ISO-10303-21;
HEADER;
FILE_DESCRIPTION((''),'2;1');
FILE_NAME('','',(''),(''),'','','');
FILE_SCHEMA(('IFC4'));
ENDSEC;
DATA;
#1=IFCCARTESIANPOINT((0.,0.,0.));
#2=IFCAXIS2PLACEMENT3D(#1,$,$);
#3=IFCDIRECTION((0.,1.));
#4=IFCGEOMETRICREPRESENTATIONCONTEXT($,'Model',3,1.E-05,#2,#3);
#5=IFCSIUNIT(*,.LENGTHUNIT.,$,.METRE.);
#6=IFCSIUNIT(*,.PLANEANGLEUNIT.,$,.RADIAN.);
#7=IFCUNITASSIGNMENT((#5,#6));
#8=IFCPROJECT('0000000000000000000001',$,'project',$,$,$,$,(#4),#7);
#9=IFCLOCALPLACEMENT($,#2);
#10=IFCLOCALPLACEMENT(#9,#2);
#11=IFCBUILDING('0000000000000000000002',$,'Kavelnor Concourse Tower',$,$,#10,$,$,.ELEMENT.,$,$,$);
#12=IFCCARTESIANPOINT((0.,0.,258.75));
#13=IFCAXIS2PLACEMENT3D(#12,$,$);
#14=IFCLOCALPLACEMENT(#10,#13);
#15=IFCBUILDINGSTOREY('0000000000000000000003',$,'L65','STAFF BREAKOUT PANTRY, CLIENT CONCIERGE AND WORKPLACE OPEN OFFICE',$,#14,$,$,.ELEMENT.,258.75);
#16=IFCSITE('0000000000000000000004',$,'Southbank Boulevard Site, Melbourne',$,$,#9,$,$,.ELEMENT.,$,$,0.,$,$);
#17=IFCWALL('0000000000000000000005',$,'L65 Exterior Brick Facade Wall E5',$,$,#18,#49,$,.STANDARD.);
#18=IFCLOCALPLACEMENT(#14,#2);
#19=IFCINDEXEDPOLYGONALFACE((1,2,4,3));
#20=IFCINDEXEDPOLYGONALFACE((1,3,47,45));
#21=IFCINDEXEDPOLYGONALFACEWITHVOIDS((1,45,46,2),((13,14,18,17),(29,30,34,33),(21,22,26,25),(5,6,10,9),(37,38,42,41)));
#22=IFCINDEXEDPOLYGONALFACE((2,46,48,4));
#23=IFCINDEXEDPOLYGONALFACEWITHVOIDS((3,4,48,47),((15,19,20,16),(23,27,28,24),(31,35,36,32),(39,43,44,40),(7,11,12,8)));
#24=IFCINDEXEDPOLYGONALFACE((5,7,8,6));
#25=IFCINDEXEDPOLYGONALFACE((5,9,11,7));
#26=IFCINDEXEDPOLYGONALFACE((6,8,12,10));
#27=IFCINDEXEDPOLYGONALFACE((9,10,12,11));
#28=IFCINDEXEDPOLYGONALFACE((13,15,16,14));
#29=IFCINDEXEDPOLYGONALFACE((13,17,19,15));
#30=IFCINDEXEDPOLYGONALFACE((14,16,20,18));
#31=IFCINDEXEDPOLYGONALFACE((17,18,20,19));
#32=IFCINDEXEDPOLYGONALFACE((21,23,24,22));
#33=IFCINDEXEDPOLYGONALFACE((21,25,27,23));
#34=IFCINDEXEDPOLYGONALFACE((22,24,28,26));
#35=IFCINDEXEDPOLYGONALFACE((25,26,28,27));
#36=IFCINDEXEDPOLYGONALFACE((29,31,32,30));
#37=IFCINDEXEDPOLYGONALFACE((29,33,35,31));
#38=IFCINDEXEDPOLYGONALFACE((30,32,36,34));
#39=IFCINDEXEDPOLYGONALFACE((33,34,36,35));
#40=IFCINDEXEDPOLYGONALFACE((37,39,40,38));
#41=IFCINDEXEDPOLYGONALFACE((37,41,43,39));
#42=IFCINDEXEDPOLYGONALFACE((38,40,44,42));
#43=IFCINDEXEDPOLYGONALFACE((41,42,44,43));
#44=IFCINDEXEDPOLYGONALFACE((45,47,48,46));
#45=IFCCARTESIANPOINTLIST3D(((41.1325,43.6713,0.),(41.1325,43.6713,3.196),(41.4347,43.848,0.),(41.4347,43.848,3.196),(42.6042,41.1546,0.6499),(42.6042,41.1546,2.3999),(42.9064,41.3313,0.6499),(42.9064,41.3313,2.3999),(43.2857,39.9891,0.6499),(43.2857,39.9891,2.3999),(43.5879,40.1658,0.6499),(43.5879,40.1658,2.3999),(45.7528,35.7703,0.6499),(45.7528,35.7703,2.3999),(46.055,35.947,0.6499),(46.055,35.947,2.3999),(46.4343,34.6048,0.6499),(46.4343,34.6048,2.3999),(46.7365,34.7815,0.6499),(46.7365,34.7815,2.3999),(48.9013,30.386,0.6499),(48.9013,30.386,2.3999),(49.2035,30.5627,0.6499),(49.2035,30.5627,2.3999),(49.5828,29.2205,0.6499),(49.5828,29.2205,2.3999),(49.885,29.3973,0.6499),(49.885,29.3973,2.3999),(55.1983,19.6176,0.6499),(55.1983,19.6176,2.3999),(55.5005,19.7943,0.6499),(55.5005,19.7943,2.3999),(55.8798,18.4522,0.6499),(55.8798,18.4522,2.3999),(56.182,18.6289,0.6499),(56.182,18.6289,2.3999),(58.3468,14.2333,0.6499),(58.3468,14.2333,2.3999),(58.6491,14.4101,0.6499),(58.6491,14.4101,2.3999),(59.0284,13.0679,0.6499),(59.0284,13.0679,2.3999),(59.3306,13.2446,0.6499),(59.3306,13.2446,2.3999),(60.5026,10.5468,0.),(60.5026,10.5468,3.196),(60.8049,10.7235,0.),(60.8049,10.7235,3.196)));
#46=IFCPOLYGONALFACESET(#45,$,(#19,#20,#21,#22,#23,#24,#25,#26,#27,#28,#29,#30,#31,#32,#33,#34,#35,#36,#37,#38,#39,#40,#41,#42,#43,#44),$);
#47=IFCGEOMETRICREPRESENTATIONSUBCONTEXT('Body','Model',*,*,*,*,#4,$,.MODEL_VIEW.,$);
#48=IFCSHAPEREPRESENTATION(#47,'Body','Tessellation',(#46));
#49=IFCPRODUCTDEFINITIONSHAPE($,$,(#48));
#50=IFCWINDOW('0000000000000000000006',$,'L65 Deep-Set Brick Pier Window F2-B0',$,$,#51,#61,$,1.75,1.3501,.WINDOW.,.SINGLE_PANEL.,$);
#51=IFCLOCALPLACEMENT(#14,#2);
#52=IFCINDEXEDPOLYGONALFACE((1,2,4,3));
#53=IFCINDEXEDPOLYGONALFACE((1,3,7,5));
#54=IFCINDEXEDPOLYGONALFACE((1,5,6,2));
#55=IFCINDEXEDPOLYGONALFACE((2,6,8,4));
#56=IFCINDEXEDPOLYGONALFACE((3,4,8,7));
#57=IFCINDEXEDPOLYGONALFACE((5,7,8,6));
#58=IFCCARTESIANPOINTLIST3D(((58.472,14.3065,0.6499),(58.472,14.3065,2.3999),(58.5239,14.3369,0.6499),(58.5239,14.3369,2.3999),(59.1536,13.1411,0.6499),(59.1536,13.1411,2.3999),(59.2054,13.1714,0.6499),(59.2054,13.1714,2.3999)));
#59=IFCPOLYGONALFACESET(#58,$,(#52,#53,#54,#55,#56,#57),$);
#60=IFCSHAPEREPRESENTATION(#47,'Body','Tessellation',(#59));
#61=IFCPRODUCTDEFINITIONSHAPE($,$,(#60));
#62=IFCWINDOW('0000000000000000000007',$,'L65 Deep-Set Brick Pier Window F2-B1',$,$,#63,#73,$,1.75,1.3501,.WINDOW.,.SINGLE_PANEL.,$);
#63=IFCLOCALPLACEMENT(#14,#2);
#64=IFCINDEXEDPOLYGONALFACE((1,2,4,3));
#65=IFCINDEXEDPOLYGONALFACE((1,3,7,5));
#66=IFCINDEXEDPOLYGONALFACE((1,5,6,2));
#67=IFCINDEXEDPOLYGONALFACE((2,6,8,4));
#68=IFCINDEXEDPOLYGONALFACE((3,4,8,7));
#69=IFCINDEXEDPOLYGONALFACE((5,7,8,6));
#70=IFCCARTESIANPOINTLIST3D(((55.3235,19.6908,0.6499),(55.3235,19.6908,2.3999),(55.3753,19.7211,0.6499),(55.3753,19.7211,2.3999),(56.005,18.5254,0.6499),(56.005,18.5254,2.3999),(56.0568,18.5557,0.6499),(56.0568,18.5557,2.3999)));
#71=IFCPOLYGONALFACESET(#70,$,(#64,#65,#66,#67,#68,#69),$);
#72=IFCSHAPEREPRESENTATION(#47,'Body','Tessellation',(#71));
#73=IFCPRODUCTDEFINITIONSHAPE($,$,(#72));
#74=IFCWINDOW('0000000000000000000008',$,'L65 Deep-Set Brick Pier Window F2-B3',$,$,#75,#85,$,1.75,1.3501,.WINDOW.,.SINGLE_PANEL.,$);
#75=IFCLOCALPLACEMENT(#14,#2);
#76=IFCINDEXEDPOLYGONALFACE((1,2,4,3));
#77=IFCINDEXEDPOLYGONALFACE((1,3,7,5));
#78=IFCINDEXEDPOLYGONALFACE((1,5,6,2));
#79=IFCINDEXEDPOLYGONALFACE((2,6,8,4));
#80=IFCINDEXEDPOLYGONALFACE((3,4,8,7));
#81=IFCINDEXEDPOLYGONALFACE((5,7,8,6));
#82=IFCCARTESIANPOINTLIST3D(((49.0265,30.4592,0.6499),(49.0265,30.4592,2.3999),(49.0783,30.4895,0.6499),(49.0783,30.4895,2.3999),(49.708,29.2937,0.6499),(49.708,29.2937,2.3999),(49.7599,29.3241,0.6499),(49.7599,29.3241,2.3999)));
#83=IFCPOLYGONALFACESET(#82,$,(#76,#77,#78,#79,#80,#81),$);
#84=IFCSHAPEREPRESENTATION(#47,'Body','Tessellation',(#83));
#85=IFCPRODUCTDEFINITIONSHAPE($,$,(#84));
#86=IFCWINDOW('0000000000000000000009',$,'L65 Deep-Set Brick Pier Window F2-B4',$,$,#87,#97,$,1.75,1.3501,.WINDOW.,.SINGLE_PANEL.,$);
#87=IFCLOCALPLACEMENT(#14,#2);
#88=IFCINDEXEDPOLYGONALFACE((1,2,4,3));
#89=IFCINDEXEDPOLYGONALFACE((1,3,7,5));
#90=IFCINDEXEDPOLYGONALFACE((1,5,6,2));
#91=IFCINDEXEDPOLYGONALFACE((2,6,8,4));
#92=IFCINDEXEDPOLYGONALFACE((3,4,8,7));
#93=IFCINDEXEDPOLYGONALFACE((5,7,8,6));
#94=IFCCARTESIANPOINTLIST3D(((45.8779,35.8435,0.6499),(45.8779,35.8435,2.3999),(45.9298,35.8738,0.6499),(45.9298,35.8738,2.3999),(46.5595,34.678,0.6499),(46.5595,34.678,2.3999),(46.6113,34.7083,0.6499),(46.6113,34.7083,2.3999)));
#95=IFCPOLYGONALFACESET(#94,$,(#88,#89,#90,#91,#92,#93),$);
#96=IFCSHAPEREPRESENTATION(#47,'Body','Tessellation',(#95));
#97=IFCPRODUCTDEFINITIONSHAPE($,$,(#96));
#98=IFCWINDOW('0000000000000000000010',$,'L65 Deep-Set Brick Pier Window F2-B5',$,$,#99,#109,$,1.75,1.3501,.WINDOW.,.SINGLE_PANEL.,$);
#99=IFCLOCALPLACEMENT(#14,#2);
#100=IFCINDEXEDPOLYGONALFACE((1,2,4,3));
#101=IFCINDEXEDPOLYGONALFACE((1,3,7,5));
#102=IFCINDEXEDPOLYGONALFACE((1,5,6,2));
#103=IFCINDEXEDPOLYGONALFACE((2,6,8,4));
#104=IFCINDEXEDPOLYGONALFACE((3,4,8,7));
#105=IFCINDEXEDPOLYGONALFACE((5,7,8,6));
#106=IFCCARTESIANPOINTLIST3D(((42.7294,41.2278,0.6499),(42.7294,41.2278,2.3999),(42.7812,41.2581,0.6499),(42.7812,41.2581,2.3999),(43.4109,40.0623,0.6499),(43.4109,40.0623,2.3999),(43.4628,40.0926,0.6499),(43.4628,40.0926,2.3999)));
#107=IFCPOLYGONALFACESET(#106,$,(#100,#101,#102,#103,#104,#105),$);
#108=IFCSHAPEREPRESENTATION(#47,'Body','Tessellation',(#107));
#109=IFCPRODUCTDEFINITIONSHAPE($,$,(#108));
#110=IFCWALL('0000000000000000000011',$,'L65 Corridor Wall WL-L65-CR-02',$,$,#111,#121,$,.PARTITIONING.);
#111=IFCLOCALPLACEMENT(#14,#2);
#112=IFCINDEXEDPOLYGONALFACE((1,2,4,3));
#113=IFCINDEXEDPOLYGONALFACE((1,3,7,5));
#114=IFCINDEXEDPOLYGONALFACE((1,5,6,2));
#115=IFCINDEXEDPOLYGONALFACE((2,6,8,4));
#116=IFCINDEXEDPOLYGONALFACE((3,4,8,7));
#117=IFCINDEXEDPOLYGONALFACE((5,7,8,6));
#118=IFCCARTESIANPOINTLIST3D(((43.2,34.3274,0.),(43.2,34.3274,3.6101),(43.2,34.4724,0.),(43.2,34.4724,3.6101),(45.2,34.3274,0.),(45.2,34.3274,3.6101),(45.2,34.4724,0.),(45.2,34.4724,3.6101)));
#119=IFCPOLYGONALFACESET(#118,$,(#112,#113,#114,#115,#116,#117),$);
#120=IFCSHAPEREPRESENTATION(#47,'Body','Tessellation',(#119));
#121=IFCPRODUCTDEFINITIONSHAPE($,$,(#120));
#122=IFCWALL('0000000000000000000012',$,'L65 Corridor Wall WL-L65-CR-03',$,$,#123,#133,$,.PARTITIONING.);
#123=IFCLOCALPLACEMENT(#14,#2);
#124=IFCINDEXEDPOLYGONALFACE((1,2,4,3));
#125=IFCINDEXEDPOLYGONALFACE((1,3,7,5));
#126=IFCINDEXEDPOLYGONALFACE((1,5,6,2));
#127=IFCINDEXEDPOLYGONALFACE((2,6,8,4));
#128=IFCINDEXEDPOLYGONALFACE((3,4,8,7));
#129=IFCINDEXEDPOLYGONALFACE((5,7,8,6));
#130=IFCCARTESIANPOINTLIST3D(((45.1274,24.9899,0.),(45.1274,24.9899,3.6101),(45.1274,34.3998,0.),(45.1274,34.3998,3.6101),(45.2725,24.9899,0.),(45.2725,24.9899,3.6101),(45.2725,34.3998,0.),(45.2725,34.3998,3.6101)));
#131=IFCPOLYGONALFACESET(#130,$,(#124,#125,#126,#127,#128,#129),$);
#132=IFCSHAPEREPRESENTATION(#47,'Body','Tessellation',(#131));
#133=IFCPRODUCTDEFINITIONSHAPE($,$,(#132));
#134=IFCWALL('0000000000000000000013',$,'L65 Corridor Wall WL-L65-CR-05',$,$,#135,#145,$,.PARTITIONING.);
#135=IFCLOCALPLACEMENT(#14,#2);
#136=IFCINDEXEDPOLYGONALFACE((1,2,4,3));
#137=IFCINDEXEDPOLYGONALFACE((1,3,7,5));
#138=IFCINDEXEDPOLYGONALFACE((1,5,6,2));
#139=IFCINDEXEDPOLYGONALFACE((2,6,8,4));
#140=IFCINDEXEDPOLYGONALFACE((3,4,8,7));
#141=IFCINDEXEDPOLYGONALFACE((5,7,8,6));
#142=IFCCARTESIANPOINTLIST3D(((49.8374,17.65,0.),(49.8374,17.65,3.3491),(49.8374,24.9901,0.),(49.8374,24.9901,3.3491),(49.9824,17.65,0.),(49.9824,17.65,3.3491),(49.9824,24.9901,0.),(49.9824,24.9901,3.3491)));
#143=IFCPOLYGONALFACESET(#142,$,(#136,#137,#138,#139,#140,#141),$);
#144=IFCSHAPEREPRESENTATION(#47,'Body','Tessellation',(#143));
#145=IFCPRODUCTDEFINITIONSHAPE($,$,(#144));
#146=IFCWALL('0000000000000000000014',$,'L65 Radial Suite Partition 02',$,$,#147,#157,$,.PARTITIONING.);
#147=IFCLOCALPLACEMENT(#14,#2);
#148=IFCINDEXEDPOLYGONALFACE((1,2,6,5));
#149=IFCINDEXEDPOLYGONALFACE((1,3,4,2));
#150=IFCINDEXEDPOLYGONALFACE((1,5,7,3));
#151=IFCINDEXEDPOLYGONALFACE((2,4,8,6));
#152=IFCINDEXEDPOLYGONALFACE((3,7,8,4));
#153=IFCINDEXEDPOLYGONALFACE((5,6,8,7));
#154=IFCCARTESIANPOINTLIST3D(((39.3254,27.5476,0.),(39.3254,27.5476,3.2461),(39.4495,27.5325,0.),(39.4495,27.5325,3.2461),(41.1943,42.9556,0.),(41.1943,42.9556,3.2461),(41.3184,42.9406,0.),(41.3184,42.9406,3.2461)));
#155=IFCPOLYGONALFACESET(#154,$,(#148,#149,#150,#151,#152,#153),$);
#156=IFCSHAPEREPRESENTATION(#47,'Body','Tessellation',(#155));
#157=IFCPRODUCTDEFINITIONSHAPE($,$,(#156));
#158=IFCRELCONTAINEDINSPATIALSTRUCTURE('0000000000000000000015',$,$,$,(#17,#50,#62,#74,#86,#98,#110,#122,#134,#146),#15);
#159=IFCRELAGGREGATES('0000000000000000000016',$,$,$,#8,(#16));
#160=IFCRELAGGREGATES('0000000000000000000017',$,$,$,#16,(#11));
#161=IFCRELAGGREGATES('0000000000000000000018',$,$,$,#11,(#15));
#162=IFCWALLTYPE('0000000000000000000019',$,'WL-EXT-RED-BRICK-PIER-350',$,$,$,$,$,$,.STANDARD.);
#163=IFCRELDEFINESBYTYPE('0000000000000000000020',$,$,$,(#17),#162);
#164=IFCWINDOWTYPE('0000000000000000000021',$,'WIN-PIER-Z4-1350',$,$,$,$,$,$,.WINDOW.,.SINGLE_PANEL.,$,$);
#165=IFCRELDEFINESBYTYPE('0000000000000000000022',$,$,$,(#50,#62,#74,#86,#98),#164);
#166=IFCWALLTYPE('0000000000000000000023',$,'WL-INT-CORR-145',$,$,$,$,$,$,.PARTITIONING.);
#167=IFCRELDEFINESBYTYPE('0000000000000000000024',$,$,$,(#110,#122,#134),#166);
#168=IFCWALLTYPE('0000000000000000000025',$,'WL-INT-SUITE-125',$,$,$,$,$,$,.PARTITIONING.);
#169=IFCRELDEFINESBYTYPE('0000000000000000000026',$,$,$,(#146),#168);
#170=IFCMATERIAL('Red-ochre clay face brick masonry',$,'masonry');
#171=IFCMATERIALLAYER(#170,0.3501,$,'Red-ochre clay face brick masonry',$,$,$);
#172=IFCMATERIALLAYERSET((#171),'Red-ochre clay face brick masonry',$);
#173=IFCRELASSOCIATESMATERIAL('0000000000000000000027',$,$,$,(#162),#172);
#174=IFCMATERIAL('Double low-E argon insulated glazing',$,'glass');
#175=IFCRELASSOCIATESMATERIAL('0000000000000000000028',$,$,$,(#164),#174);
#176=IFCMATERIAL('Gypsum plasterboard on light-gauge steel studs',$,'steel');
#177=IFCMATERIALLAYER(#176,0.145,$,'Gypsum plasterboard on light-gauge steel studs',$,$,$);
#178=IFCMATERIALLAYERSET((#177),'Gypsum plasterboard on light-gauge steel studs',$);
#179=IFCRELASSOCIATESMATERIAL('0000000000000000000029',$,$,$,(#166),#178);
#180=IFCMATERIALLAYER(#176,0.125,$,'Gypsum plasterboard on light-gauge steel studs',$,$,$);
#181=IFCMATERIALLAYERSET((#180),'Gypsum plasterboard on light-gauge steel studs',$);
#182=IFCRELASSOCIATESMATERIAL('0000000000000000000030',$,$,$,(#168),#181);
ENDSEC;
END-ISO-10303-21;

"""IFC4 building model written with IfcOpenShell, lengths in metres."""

from ifc_helpers import new_model, si_unit, direction, frame, frame_2d, origin, place, context, subcontext, project, spatial, rectangle, extrude, material, layer, layer_set, type_object, element, fill, save


model = new_model("IFC4")

# Units and contexts
model_context = context("Model", 3, precision=1e-05, world=origin(), true_north=direction((0.0, 1.0)))
body_context = subcontext(model_context, "Body", "Model", "MODEL_VIEW")
ifc_project = project(units=[si_unit("LENGTHUNIT", "METRE"), si_unit("PLANEANGLEUNIT", "RADIAN")], contexts=[model_context])

# Site, building, storey
site_placement = place(None, origin())
site = spatial("IfcSite", under=ifc_project, at=site_placement, Name="Southbank Boulevard Site, Melbourne", CompositionType="ELEMENT", RefElevation=0.0)
building_placement = place(site_placement, origin())
building = spatial("IfcBuilding", under=site, at=building_placement, Name="Kavelnor Concourse Tower", CompositionType="ELEMENT")
storey_placement = place(building_placement, frame((0.0, 0.0, 258.75)))
storey = spatial("IfcBuildingStorey", under=building, at=storey_placement, Name="L65", Description="STAFF BREAKOUT PANTRY, CLIENT CONCIERGE AND WORKPLACE OPEN OFFICE", CompositionType="ELEMENT", Elevation=258.75)

# Wall, openings, windows
ifc_material_1 = material(Name="Red-ochre clay face brick masonry", Category="masonry")
ifc_layer_1 = layer(ifc_material_1, 0.3501, Name="Red-ochre clay face brick masonry")
ifc_layer_set_1 = layer_set([ifc_layer_1], Name="Red-ochre clay face brick masonry")
wall_type_1 = type_object("IfcWallType", Name="WL-EXT-RED-BRICK-PIER-350", PredefinedType="STANDARD", material=ifc_layer_set_1)
wall_1_placement = place(storey_placement, frame((41.2837, 43.7595, 0.0), z_axis=(0.0, 0.0, 1.0), x_axis=(0.504794, -0.86324, 0.0)))
wall_1 = element("IfcWall", 1, at=wall_1_placement, inside=storey, type_object=wall_type_1, Name="L65 Exterior Brick Facade Wall E5", PredefinedType="STANDARD", context=body_context, shape_type="SweptSolid", body=[
    extrude(rectangle(XDim=38.3723, YDim=0.3501, at=frame_2d((19.186, 0.0))), origin(), (0.0, 0.0, 1.0), 3.196),
])
opening_1_placement = place(wall_1_placement, frame((34.1016, 0.0, 0.6499)))
opening_1 = element("IfcOpeningElement", 2, at=opening_1_placement, cuts=wall_1, PredefinedType="OPENING", context=body_context, shape_type="SweptSolid", body=[
    extrude(rectangle(XDim=1.3501, YDim=1.75, at=frame_2d((0.675, 0.875))), frame((0.0, 0.1851, 0.0), z_axis=(0.0, -1.0, 0.0), x_axis=(1.0, 0.0, 0.0)), (0.0, 0.0, 1.0), 0.3701),
])
opening_2_placement = place(wall_1_placement, frame((27.8643, 0.0, 0.6499)))
opening_2 = element("IfcOpeningElement", 3, at=opening_2_placement, cuts=wall_1, PredefinedType="OPENING", context=body_context, shape_type="SweptSolid", body=[
    extrude(rectangle(XDim=1.3501, YDim=1.75, at=frame_2d((0.675, 0.875))), frame((0.0, 0.1851, 0.0), z_axis=(0.0, -1.0, 0.0), x_axis=(1.0, 0.0, 0.0)), (0.0, 0.0, 1.0), 0.3701),
])
opening_3_placement = place(wall_1_placement, frame((15.3899, 0.0, 0.6499)))
opening_3 = element("IfcOpeningElement", 4, at=opening_3_placement, cuts=wall_1, PredefinedType="OPENING", context=body_context, shape_type="SweptSolid", body=[
    extrude(rectangle(XDim=1.3501, YDim=1.75, at=frame_2d((0.675, 0.875))), frame((0.0, 0.1851, 0.0), z_axis=(0.0, -1.0, 0.0), x_axis=(1.0, 0.0, 0.0)), (0.0, 0.0, 1.0), 0.3701),
])
opening_4_placement = place(wall_1_placement, frame((9.1526, 0.0, 0.6499)))
opening_4 = element("IfcOpeningElement", 5, at=opening_4_placement, cuts=wall_1, PredefinedType="OPENING", context=body_context, shape_type="SweptSolid", body=[
    extrude(rectangle(XDim=1.3501, YDim=1.75, at=frame_2d((0.675, 0.875))), frame((0.0, 0.1851, 0.0), z_axis=(0.0, -1.0, 0.0), x_axis=(1.0, 0.0, 0.0)), (0.0, 0.0, 1.0), 0.3701),
])
opening_5_placement = place(wall_1_placement, frame((2.9153, 0.0, 0.6499)))
opening_5 = element("IfcOpeningElement", 6, at=opening_5_placement, cuts=wall_1, PredefinedType="OPENING", context=body_context, shape_type="SweptSolid", body=[
    extrude(rectangle(XDim=1.3501, YDim=1.75, at=frame_2d((0.675, 0.875))), frame((0.0, 0.1851, 0.0), z_axis=(0.0, -1.0, 0.0), x_axis=(1.0, 0.0, 0.0)), (0.0, 0.0, 1.0), 0.3701),
])
ifc_material_2 = material(Name="Double low-E argon insulated glazing", Category="glass")
window_type = type_object("IfcWindowType", Name="WIN-PIER-Z4-1350", PartitioningType="SINGLE_PANEL", PredefinedType="WINDOW", material=ifc_material_2)
window_1_placement = place(opening_1_placement, origin())
window_1 = element("IfcWindow", 7, at=window_1_placement, inside=storey, type_object=window_type, Name="L65 Deep-Set Brick Pier Window F2-B0", OverallHeight=1.75, OverallWidth=1.3501, PartitioningType="SINGLE_PANEL", PredefinedType="WINDOW", context=body_context, shape_type="SweptSolid", body=[
    extrude(rectangle(XDim=1.3501, YDim=1.75, at=frame_2d((0.675, 0.875))), frame((0.0, 0.03, 0.0), z_axis=(0.0, -1.0, 0.0), x_axis=(1.0, 0.0, 0.0)), (0.0, 0.0, 1.0), 0.0601),
])
fill(opening_1, window_1)
window_2_placement = place(opening_2_placement, origin())
window_2 = element("IfcWindow", 8, at=window_2_placement, inside=storey, type_object=window_type, Name="L65 Deep-Set Brick Pier Window F2-B1", OverallHeight=1.75, OverallWidth=1.3501, PartitioningType="SINGLE_PANEL", PredefinedType="WINDOW", context=body_context, shape_type="SweptSolid", body=[
    extrude(rectangle(XDim=1.3501, YDim=1.75, at=frame_2d((0.675, 0.875))), frame((0.0, 0.03, 0.0), z_axis=(0.0, -1.0, 0.0), x_axis=(1.0, 0.0, 0.0)), (0.0, 0.0, 1.0), 0.0601),
])
fill(opening_2, window_2)
window_3_placement = place(opening_3_placement, origin())
window_3 = element("IfcWindow", 9, at=window_3_placement, inside=storey, type_object=window_type, Name="L65 Deep-Set Brick Pier Window F2-B3", OverallHeight=1.75, OverallWidth=1.3501, PartitioningType="SINGLE_PANEL", PredefinedType="WINDOW", context=body_context, shape_type="SweptSolid", body=[
    extrude(rectangle(XDim=1.3501, YDim=1.75, at=frame_2d((0.675, 0.875))), frame((0.0, 0.03, 0.0), z_axis=(0.0, -1.0, 0.0), x_axis=(1.0, 0.0, 0.0)), (0.0, 0.0, 1.0), 0.0601),
])
fill(opening_3, window_3)
window_4_placement = place(opening_4_placement, origin())
window_4 = element("IfcWindow", 10, at=window_4_placement, inside=storey, type_object=window_type, Name="L65 Deep-Set Brick Pier Window F2-B4", OverallHeight=1.75, OverallWidth=1.3501, PartitioningType="SINGLE_PANEL", PredefinedType="WINDOW", context=body_context, shape_type="SweptSolid", body=[
    extrude(rectangle(XDim=1.3501, YDim=1.75, at=frame_2d((0.675, 0.875))), frame((0.0, 0.03, 0.0), z_axis=(0.0, -1.0, 0.0), x_axis=(1.0, 0.0, 0.0)), (0.0, 0.0, 1.0), 0.0601),
])
fill(opening_4, window_4)
window_5_placement = place(opening_5_placement, origin())
window_5 = element("IfcWindow", 11, at=window_5_placement, inside=storey, type_object=window_type, Name="L65 Deep-Set Brick Pier Window F2-B5", OverallHeight=1.75, OverallWidth=1.3501, PartitioningType="SINGLE_PANEL", PredefinedType="WINDOW", context=body_context, shape_type="SweptSolid", body=[
    extrude(rectangle(XDim=1.3501, YDim=1.75, at=frame_2d((0.675, 0.875))), frame((0.0, 0.03, 0.0), z_axis=(0.0, -1.0, 0.0), x_axis=(1.0, 0.0, 0.0)), (0.0, 0.0, 1.0), 0.0601),
])
fill(opening_5, window_5)

# Walls
ifc_material_3 = material(Name="Gypsum plasterboard on light-gauge steel studs", Category="steel")
ifc_layer_2 = layer(ifc_material_3, 0.145, Name="Gypsum plasterboard on light-gauge steel studs")
ifc_layer_set_2 = layer_set([ifc_layer_2], Name="Gypsum plasterboard on light-gauge steel studs")
wall_type_2 = type_object("IfcWallType", Name="WL-INT-CORR-145", PredefinedType="PARTITIONING", material=ifc_layer_set_2)
wall_2_placement = place(storey_placement, frame((43.2, 34.3999, 0.0), z_axis=(0.0, 0.0, 1.0), x_axis=(1.0, 0.0, 0.0)))
element("IfcWall", 12, at=wall_2_placement, inside=storey, type_object=wall_type_2, Name="L65 Corridor Wall WL-L65-CR-02", PredefinedType="PARTITIONING", context=body_context, shape_type="SweptSolid", body=[
    extrude(rectangle(XDim=2.0, YDim=0.145, at=frame_2d((1.0, 0.0))), origin(), (0.0, 0.0, 1.0), 3.6101),
])
wall_3_placement = place(storey_placement, frame((45.2, 34.3999, 0.0), z_axis=(0.0, 0.0, 1.0), x_axis=(0.0, -1.0, 0.0)))
element("IfcWall", 13, at=wall_3_placement, inside=storey, type_object=wall_type_2, Name="L65 Corridor Wall WL-L65-CR-03", PredefinedType="PARTITIONING", context=body_context, shape_type="SweptSolid", body=[
    extrude(rectangle(XDim=9.4099, YDim=0.145, at=frame_2d((4.7051, 0.0))), origin(), (0.0, 0.0, 1.0), 3.6101),
])
wall_4_placement = place(storey_placement, frame((49.9099, 24.99, 0.0), z_axis=(0.0, 0.0, 1.0), x_axis=(0.0, -1.0, 0.0)))
element("IfcWall", 14, at=wall_4_placement, inside=storey, type_object=wall_type_2, Name="L65 Corridor Wall WL-L65-CR-05", PredefinedType="PARTITIONING", context=body_context, shape_type="SweptSolid", body=[
    extrude(rectangle(XDim=7.3401, YDim=0.145, at=frame_2d((3.6699, 0.0))), origin(), (0.0, 0.0, 1.0), 3.3491),
])
ifc_layer_3 = layer(ifc_material_3, 0.125, Name="Gypsum plasterboard on light-gauge steel studs")
ifc_layer_set_3 = layer_set([ifc_layer_3], Name="Gypsum plasterboard on light-gauge steel studs")
wall_type_3 = type_object("IfcWallType", Name="WL-INT-SUITE-125", PredefinedType="PARTITIONING", material=ifc_layer_set_3)
wall_5_placement = place(storey_placement, frame((39.3875, 27.54, 0.0), z_axis=(0.0, 0.0, 1.0), x_axis=(0.120412, 0.992724, 0.0)))
element("IfcWall", 15, at=wall_5_placement, inside=storey, type_object=wall_type_3, Name="L65 Radial Suite Partition 02", PredefinedType="PARTITIONING", context=body_context, shape_type="SweptSolid", body=[
    extrude(rectangle(XDim=15.521, YDim=0.125, at=frame_2d((7.7605, 0.0))), origin(), (0.0, 0.0, 1.0), 3.2461),
])

save(model, "model.ifc")
